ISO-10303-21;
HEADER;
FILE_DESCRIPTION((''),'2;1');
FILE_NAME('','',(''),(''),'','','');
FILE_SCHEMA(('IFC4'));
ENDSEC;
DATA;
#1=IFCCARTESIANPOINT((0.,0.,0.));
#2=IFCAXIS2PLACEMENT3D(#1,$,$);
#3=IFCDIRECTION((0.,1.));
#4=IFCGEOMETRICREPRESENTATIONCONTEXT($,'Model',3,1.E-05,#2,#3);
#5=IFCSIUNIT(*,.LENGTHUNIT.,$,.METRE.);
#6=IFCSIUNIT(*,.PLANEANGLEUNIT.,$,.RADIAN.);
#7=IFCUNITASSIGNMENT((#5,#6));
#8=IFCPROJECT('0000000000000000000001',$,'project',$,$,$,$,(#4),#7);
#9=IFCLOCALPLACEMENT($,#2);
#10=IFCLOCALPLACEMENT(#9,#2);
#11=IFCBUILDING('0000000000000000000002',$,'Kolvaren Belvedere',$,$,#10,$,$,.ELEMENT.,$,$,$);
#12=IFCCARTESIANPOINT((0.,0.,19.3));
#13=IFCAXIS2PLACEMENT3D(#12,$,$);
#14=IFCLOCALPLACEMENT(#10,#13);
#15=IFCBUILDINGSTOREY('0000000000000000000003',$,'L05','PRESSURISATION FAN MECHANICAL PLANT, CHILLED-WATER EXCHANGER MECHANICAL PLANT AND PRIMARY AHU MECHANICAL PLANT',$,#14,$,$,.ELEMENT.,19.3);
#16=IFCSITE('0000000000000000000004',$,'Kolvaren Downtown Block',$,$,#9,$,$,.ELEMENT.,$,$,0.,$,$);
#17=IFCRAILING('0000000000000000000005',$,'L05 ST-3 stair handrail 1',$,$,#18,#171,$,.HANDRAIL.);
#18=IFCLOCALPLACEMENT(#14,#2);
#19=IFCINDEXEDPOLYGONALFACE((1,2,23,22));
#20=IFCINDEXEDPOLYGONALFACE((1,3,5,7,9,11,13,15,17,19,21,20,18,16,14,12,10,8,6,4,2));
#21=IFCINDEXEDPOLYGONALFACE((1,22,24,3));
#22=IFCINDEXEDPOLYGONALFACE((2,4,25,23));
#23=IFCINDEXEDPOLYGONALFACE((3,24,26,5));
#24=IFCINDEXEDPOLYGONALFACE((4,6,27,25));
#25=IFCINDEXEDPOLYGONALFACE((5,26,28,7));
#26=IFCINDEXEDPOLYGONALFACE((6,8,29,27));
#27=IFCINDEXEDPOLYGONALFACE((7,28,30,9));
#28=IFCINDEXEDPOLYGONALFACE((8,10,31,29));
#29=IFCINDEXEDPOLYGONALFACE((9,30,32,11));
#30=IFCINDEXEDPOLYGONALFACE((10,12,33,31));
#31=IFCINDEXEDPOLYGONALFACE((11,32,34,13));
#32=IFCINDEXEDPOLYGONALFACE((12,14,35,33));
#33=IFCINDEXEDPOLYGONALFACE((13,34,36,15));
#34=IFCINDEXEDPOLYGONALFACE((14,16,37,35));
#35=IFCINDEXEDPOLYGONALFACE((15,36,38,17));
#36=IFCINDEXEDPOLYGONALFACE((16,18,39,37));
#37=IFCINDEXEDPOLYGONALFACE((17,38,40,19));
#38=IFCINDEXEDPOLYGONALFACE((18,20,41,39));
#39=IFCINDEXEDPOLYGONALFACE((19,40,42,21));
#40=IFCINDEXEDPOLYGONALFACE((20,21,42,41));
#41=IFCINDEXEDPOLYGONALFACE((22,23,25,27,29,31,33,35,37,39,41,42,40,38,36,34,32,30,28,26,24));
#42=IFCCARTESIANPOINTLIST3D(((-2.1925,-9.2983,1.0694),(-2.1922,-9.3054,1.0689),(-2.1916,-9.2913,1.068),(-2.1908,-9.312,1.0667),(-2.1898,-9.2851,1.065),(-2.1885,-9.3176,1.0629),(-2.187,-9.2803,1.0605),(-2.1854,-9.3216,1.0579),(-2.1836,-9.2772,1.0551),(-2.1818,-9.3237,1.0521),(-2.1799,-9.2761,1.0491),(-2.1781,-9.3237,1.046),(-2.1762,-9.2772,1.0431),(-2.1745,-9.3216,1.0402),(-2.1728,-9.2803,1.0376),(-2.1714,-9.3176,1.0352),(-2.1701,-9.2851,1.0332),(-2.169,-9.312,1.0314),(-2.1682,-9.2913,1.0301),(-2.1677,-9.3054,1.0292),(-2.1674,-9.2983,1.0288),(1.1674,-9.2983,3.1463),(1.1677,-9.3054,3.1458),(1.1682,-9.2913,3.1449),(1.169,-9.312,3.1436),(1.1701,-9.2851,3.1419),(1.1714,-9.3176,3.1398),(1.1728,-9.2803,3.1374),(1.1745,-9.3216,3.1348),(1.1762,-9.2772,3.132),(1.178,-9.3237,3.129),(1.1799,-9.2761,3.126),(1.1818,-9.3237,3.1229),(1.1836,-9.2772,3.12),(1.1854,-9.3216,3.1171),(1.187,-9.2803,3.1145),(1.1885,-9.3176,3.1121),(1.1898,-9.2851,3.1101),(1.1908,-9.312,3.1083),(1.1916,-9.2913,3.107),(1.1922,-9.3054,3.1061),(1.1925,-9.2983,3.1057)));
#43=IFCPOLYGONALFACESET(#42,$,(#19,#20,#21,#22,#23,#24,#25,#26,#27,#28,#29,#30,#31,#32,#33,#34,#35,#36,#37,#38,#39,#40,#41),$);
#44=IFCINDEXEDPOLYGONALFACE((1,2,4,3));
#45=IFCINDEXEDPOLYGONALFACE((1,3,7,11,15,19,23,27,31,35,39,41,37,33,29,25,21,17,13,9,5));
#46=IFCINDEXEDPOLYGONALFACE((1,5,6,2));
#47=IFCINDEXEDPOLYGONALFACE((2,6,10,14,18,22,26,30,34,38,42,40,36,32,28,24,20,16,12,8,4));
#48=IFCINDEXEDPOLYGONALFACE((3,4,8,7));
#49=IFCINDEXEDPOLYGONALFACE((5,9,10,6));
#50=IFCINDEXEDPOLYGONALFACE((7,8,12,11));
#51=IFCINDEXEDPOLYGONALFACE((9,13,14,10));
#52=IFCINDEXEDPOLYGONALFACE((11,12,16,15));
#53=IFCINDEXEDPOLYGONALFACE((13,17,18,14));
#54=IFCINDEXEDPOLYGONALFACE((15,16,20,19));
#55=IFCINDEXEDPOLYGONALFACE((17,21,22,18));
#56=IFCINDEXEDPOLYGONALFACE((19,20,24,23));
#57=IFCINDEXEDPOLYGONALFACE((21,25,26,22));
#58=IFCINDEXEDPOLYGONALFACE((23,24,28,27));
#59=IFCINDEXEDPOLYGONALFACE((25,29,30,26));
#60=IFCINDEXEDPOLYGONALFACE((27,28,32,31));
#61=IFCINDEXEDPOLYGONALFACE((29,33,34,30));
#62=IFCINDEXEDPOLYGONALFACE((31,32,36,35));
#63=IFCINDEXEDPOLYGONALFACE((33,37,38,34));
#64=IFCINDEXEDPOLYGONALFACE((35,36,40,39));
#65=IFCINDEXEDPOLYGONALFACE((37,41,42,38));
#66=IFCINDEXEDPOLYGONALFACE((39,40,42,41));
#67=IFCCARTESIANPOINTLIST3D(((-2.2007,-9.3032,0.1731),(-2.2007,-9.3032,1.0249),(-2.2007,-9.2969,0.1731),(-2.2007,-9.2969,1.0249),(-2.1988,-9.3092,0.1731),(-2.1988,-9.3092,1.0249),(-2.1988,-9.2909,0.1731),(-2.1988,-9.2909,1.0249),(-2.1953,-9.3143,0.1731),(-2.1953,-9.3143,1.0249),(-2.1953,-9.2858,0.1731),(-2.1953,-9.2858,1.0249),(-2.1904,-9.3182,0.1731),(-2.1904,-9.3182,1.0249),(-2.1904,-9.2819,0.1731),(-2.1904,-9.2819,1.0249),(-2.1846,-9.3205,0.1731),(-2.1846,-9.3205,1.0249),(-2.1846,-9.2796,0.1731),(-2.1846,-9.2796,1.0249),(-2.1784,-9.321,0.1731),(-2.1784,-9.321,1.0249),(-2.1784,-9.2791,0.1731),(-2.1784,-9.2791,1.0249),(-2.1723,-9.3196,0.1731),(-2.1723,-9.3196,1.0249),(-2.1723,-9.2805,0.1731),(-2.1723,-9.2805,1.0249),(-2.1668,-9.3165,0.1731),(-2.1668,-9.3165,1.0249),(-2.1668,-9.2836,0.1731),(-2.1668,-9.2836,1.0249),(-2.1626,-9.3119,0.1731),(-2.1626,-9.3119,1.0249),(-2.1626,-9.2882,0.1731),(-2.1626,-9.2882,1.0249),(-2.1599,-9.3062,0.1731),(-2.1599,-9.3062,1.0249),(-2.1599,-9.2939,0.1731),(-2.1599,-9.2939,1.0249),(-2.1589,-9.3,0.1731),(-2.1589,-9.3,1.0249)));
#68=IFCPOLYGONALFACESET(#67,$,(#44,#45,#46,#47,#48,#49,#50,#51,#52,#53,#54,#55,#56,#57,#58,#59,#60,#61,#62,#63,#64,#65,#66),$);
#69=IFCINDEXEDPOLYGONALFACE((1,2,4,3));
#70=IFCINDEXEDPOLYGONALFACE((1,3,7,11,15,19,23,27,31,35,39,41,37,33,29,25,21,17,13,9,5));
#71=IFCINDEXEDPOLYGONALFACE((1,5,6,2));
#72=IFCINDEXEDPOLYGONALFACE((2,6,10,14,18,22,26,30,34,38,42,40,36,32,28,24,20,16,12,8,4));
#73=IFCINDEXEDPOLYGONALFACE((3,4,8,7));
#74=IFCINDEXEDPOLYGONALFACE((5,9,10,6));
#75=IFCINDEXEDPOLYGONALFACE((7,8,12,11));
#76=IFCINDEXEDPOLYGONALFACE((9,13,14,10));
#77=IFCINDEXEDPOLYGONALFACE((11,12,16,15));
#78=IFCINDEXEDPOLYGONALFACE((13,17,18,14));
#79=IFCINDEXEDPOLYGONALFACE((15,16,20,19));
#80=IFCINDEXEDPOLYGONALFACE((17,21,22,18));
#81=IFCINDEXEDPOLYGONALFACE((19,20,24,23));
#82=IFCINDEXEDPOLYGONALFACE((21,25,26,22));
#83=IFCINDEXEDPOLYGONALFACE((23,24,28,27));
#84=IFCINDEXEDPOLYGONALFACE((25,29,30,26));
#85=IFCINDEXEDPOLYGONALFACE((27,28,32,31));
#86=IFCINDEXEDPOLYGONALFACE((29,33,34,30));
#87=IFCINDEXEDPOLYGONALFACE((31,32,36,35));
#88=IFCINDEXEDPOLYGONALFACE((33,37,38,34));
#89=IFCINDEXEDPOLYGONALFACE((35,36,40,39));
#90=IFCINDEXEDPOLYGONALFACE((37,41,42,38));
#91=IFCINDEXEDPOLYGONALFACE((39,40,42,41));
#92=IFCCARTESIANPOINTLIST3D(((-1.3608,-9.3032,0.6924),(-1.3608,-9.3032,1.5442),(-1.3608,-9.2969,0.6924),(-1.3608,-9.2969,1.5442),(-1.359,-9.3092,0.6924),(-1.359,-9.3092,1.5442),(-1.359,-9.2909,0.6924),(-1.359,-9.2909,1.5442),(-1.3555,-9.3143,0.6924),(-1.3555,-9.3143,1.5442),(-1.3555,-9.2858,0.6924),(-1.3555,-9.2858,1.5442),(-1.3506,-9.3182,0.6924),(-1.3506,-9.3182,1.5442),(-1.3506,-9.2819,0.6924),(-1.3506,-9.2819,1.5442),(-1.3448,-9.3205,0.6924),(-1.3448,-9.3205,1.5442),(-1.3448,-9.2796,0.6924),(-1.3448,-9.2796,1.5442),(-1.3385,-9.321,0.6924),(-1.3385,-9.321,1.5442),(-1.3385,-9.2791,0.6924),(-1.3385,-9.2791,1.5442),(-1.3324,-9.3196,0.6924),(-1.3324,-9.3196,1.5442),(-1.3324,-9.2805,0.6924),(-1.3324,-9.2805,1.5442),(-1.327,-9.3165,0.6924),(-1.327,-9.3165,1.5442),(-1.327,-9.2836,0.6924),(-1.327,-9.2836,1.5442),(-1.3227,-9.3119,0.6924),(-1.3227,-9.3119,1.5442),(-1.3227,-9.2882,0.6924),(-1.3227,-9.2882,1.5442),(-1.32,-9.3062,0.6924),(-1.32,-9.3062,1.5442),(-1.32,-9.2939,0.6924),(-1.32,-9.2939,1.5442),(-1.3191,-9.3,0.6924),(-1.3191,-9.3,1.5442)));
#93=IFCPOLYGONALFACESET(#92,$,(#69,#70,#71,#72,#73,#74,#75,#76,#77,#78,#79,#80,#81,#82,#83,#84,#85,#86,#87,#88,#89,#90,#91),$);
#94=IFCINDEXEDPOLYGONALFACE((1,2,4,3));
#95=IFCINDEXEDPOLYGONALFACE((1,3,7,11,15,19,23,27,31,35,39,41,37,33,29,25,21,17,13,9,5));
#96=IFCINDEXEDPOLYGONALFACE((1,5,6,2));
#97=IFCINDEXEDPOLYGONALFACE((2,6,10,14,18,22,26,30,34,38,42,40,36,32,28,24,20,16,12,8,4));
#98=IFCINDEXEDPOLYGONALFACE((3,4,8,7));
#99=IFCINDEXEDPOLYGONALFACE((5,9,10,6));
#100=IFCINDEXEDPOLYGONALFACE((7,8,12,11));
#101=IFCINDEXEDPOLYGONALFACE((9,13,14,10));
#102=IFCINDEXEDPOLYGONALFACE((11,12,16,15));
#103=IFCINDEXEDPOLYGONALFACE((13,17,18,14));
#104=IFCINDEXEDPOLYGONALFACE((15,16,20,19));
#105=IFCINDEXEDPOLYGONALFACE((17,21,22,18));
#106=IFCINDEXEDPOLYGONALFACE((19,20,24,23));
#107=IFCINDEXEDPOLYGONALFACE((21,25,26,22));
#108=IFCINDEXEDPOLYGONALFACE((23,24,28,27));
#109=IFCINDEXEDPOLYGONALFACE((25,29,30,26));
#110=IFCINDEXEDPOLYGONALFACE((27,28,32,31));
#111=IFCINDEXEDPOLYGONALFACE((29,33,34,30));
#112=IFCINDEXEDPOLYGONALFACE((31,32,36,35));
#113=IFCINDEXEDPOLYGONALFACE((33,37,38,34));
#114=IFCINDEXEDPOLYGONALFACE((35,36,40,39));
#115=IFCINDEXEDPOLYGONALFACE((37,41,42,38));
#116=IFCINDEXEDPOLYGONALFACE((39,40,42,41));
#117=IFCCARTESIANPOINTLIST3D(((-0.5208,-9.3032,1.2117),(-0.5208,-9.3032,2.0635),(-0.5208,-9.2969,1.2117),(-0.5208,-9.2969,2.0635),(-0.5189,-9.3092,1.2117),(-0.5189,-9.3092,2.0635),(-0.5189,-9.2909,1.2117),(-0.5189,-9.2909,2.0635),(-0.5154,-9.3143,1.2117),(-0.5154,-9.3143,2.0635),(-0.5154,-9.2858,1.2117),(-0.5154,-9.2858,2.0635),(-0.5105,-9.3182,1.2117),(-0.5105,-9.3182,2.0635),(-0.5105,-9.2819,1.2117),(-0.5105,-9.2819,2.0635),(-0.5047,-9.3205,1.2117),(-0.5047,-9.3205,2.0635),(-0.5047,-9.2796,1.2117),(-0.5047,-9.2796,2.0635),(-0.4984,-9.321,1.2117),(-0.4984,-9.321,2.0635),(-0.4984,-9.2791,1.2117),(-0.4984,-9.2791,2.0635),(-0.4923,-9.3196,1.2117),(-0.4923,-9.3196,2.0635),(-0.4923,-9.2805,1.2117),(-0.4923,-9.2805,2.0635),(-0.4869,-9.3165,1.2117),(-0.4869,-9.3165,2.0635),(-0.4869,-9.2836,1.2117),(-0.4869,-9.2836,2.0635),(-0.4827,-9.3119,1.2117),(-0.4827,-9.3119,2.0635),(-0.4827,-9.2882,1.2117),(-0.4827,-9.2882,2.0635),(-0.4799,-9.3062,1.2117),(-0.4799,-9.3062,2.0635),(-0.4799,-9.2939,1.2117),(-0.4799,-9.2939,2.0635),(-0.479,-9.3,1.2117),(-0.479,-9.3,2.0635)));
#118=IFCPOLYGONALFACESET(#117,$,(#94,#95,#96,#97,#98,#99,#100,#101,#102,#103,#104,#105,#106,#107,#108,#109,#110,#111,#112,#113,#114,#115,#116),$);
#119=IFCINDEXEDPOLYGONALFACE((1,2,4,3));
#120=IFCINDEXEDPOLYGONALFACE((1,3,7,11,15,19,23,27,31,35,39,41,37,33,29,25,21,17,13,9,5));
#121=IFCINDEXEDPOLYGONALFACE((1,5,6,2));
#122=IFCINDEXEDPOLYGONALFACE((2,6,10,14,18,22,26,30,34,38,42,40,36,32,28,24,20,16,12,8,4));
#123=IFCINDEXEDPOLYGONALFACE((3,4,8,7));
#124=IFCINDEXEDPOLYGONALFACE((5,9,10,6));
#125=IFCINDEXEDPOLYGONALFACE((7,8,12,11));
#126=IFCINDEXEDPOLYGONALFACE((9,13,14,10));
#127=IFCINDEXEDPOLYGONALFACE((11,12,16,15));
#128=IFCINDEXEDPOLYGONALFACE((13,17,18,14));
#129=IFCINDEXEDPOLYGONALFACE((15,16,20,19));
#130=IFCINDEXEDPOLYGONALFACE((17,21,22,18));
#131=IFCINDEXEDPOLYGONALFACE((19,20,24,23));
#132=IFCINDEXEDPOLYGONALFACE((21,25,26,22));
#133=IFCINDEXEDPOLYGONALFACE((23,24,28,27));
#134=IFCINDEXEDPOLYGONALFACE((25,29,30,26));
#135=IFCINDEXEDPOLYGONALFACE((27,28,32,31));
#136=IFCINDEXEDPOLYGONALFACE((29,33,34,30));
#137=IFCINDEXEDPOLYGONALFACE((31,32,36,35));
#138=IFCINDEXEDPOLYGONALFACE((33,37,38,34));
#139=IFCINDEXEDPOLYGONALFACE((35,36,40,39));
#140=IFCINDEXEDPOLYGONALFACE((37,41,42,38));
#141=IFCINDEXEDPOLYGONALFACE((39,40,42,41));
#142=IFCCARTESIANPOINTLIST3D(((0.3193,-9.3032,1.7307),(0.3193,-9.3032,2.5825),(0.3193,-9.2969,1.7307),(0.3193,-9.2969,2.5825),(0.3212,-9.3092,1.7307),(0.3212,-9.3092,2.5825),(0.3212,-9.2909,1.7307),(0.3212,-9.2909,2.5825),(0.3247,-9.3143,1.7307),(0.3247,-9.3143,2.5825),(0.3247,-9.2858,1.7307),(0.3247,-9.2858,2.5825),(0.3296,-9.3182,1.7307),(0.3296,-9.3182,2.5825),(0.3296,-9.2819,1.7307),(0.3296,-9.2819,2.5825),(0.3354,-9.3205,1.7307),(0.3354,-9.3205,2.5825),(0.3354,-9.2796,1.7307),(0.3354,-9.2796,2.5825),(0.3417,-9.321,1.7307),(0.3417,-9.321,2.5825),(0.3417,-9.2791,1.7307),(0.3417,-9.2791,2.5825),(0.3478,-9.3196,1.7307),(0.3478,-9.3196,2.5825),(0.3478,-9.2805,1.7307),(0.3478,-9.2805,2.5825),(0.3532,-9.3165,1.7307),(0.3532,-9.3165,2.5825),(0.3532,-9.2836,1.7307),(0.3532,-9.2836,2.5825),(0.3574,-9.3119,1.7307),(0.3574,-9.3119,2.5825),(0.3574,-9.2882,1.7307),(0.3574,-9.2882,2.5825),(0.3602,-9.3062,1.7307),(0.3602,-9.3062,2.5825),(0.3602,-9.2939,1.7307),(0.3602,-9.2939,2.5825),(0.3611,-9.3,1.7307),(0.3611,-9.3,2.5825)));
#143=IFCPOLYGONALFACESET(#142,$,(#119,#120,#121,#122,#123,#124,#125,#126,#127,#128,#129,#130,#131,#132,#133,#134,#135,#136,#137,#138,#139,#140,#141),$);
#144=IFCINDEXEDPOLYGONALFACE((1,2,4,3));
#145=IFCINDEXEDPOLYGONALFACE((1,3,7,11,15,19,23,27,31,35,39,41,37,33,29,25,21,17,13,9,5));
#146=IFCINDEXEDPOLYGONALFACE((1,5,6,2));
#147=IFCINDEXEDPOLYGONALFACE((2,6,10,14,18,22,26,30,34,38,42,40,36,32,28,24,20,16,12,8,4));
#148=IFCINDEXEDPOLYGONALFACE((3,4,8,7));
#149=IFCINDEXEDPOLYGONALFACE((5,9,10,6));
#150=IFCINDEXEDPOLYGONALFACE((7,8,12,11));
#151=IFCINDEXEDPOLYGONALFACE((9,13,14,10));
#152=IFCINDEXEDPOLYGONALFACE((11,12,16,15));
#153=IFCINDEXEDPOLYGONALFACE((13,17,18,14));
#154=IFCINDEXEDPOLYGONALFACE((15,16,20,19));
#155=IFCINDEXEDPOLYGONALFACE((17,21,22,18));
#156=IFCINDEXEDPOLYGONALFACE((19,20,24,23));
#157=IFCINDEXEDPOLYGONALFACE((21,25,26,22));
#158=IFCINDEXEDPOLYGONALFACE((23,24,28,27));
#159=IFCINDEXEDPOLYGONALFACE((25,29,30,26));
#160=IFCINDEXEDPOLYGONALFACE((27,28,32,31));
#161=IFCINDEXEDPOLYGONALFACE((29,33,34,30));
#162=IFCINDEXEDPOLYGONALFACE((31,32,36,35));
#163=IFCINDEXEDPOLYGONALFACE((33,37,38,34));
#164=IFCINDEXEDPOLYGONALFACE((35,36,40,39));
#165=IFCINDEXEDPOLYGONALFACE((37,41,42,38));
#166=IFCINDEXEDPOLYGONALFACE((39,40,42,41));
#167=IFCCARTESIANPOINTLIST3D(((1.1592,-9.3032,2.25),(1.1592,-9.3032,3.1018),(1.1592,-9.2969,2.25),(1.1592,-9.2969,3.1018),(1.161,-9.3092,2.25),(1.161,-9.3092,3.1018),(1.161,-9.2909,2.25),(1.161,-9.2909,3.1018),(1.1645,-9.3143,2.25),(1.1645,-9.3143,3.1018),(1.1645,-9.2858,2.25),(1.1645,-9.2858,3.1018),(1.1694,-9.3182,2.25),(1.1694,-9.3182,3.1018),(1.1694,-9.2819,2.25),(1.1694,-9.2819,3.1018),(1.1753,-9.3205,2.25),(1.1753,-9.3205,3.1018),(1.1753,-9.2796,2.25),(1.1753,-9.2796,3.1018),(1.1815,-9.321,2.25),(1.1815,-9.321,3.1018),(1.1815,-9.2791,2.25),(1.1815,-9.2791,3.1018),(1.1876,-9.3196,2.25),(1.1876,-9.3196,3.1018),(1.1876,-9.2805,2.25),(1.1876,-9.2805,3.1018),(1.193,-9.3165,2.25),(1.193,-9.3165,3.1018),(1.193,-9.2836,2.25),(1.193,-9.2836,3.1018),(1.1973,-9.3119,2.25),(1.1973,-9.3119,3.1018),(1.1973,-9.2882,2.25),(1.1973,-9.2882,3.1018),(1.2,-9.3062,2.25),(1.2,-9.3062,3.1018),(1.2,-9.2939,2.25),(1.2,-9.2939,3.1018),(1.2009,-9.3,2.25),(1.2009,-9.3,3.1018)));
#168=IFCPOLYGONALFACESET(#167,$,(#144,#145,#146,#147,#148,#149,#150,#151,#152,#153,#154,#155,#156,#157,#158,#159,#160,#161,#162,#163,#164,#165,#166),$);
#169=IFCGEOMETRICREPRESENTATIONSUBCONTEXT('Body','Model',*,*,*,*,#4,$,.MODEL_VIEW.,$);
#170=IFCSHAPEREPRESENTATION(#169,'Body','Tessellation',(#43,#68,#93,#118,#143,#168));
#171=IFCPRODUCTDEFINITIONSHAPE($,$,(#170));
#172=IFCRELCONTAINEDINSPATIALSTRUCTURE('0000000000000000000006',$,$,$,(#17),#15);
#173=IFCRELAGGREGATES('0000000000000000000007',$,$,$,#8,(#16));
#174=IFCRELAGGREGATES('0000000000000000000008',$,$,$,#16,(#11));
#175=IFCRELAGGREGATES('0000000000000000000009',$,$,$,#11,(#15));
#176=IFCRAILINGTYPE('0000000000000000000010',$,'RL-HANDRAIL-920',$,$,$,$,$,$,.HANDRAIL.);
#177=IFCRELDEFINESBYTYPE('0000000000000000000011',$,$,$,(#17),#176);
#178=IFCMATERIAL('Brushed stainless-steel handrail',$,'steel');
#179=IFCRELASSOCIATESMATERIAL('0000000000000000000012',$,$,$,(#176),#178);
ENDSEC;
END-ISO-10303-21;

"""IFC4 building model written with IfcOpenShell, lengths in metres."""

from ifc_helpers import new_model, si_unit, direction, frame, origin, origin_2d, place, context, subcontext, project, spatial, circle, extrude, material, type_object, element, save


model = new_model("IFC4")

# Units and contexts
model_context = context("Model", 3, precision=1e-05, world=origin(), true_north=direction((0.0, 1.0)))
body_context = subcontext(model_context, "Body", "Model", "MODEL_VIEW")
ifc_project = project(units=[si_unit("LENGTHUNIT", "METRE"), si_unit("PLANEANGLEUNIT", "RADIAN")], contexts=[model_context])

# Site, building, storey
site_placement = place(None, origin())
site = spatial("IfcSite", under=ifc_project, at=site_placement, Name="Kolvaren Downtown Block", CompositionType="ELEMENT", RefElevation=0.0)
building_placement = place(site_placement, origin())
building = spatial("IfcBuilding", under=site, at=building_placement, Name="Kolvaren Belvedere", CompositionType="ELEMENT")
storey_placement = place(building_placement, frame((0.0, 0.0, 19.3)))
storey = spatial("IfcBuildingStorey", under=building, at=storey_placement, Name="L05", Description="PRESSURISATION FAN MECHANICAL PLANT, CHILLED-WATER EXCHANGER MECHANICAL PLANT AND PRIMARY AHU MECHANICAL PLANT", CompositionType="ELEMENT", Elevation=19.3)

# Railing
ifc_material_1 = material(Name="Brushed stainless-steel handrail", Category="steel")
railing_type_1 = type_object("IfcRailingType", Name="RL-HANDRAIL-920", PredefinedType="HANDRAIL", material=ifc_material_1)
railing_1_placement = place(storey_placement, frame((-2.1799, -9.3, 0.1731)))
element("IfcRailing", 1, at=railing_1_placement, inside=storey, type_object=railing_type_1, Name="L05 ST-3 stair handrail 1", PredefinedType="HANDRAIL", context=body_context, shape_type="SweptSolid", body=[
    extrude(circle(Radius=0.0239, at=origin_2d()), frame((0.0, 0.0, 0.876), z_axis=(0.850606, 0.0, 0.525803), x_axis=(0.0, 1.0, 0.0)), (0.0, 0.0, 1.0), 3.95),
    extrude(circle(Radius=0.021, at=origin_2d()), origin(), (0.0, 0.0, 1.0), 0.8518),
    extrude(circle(Radius=0.021, at=origin_2d()), frame((0.8398, 0.0, 0.5193)), (0.0, 0.0, 1.0), 0.8518),
    extrude(circle(Radius=0.021, at=origin_2d()), frame((1.6799, 0.0, 1.0386)), (0.0, 0.0, 1.0), 0.8518),
    extrude(circle(Radius=0.021, at=origin_2d()), frame((2.52, 0.0, 1.5576)), (0.0, 0.0, 1.0), 0.8518),
    extrude(circle(Radius=0.021, at=origin_2d()), frame((3.3599, 0.0, 2.0769)), (0.0, 0.0, 1.0), 0.8518),
])

save(model, "model.ifc")
